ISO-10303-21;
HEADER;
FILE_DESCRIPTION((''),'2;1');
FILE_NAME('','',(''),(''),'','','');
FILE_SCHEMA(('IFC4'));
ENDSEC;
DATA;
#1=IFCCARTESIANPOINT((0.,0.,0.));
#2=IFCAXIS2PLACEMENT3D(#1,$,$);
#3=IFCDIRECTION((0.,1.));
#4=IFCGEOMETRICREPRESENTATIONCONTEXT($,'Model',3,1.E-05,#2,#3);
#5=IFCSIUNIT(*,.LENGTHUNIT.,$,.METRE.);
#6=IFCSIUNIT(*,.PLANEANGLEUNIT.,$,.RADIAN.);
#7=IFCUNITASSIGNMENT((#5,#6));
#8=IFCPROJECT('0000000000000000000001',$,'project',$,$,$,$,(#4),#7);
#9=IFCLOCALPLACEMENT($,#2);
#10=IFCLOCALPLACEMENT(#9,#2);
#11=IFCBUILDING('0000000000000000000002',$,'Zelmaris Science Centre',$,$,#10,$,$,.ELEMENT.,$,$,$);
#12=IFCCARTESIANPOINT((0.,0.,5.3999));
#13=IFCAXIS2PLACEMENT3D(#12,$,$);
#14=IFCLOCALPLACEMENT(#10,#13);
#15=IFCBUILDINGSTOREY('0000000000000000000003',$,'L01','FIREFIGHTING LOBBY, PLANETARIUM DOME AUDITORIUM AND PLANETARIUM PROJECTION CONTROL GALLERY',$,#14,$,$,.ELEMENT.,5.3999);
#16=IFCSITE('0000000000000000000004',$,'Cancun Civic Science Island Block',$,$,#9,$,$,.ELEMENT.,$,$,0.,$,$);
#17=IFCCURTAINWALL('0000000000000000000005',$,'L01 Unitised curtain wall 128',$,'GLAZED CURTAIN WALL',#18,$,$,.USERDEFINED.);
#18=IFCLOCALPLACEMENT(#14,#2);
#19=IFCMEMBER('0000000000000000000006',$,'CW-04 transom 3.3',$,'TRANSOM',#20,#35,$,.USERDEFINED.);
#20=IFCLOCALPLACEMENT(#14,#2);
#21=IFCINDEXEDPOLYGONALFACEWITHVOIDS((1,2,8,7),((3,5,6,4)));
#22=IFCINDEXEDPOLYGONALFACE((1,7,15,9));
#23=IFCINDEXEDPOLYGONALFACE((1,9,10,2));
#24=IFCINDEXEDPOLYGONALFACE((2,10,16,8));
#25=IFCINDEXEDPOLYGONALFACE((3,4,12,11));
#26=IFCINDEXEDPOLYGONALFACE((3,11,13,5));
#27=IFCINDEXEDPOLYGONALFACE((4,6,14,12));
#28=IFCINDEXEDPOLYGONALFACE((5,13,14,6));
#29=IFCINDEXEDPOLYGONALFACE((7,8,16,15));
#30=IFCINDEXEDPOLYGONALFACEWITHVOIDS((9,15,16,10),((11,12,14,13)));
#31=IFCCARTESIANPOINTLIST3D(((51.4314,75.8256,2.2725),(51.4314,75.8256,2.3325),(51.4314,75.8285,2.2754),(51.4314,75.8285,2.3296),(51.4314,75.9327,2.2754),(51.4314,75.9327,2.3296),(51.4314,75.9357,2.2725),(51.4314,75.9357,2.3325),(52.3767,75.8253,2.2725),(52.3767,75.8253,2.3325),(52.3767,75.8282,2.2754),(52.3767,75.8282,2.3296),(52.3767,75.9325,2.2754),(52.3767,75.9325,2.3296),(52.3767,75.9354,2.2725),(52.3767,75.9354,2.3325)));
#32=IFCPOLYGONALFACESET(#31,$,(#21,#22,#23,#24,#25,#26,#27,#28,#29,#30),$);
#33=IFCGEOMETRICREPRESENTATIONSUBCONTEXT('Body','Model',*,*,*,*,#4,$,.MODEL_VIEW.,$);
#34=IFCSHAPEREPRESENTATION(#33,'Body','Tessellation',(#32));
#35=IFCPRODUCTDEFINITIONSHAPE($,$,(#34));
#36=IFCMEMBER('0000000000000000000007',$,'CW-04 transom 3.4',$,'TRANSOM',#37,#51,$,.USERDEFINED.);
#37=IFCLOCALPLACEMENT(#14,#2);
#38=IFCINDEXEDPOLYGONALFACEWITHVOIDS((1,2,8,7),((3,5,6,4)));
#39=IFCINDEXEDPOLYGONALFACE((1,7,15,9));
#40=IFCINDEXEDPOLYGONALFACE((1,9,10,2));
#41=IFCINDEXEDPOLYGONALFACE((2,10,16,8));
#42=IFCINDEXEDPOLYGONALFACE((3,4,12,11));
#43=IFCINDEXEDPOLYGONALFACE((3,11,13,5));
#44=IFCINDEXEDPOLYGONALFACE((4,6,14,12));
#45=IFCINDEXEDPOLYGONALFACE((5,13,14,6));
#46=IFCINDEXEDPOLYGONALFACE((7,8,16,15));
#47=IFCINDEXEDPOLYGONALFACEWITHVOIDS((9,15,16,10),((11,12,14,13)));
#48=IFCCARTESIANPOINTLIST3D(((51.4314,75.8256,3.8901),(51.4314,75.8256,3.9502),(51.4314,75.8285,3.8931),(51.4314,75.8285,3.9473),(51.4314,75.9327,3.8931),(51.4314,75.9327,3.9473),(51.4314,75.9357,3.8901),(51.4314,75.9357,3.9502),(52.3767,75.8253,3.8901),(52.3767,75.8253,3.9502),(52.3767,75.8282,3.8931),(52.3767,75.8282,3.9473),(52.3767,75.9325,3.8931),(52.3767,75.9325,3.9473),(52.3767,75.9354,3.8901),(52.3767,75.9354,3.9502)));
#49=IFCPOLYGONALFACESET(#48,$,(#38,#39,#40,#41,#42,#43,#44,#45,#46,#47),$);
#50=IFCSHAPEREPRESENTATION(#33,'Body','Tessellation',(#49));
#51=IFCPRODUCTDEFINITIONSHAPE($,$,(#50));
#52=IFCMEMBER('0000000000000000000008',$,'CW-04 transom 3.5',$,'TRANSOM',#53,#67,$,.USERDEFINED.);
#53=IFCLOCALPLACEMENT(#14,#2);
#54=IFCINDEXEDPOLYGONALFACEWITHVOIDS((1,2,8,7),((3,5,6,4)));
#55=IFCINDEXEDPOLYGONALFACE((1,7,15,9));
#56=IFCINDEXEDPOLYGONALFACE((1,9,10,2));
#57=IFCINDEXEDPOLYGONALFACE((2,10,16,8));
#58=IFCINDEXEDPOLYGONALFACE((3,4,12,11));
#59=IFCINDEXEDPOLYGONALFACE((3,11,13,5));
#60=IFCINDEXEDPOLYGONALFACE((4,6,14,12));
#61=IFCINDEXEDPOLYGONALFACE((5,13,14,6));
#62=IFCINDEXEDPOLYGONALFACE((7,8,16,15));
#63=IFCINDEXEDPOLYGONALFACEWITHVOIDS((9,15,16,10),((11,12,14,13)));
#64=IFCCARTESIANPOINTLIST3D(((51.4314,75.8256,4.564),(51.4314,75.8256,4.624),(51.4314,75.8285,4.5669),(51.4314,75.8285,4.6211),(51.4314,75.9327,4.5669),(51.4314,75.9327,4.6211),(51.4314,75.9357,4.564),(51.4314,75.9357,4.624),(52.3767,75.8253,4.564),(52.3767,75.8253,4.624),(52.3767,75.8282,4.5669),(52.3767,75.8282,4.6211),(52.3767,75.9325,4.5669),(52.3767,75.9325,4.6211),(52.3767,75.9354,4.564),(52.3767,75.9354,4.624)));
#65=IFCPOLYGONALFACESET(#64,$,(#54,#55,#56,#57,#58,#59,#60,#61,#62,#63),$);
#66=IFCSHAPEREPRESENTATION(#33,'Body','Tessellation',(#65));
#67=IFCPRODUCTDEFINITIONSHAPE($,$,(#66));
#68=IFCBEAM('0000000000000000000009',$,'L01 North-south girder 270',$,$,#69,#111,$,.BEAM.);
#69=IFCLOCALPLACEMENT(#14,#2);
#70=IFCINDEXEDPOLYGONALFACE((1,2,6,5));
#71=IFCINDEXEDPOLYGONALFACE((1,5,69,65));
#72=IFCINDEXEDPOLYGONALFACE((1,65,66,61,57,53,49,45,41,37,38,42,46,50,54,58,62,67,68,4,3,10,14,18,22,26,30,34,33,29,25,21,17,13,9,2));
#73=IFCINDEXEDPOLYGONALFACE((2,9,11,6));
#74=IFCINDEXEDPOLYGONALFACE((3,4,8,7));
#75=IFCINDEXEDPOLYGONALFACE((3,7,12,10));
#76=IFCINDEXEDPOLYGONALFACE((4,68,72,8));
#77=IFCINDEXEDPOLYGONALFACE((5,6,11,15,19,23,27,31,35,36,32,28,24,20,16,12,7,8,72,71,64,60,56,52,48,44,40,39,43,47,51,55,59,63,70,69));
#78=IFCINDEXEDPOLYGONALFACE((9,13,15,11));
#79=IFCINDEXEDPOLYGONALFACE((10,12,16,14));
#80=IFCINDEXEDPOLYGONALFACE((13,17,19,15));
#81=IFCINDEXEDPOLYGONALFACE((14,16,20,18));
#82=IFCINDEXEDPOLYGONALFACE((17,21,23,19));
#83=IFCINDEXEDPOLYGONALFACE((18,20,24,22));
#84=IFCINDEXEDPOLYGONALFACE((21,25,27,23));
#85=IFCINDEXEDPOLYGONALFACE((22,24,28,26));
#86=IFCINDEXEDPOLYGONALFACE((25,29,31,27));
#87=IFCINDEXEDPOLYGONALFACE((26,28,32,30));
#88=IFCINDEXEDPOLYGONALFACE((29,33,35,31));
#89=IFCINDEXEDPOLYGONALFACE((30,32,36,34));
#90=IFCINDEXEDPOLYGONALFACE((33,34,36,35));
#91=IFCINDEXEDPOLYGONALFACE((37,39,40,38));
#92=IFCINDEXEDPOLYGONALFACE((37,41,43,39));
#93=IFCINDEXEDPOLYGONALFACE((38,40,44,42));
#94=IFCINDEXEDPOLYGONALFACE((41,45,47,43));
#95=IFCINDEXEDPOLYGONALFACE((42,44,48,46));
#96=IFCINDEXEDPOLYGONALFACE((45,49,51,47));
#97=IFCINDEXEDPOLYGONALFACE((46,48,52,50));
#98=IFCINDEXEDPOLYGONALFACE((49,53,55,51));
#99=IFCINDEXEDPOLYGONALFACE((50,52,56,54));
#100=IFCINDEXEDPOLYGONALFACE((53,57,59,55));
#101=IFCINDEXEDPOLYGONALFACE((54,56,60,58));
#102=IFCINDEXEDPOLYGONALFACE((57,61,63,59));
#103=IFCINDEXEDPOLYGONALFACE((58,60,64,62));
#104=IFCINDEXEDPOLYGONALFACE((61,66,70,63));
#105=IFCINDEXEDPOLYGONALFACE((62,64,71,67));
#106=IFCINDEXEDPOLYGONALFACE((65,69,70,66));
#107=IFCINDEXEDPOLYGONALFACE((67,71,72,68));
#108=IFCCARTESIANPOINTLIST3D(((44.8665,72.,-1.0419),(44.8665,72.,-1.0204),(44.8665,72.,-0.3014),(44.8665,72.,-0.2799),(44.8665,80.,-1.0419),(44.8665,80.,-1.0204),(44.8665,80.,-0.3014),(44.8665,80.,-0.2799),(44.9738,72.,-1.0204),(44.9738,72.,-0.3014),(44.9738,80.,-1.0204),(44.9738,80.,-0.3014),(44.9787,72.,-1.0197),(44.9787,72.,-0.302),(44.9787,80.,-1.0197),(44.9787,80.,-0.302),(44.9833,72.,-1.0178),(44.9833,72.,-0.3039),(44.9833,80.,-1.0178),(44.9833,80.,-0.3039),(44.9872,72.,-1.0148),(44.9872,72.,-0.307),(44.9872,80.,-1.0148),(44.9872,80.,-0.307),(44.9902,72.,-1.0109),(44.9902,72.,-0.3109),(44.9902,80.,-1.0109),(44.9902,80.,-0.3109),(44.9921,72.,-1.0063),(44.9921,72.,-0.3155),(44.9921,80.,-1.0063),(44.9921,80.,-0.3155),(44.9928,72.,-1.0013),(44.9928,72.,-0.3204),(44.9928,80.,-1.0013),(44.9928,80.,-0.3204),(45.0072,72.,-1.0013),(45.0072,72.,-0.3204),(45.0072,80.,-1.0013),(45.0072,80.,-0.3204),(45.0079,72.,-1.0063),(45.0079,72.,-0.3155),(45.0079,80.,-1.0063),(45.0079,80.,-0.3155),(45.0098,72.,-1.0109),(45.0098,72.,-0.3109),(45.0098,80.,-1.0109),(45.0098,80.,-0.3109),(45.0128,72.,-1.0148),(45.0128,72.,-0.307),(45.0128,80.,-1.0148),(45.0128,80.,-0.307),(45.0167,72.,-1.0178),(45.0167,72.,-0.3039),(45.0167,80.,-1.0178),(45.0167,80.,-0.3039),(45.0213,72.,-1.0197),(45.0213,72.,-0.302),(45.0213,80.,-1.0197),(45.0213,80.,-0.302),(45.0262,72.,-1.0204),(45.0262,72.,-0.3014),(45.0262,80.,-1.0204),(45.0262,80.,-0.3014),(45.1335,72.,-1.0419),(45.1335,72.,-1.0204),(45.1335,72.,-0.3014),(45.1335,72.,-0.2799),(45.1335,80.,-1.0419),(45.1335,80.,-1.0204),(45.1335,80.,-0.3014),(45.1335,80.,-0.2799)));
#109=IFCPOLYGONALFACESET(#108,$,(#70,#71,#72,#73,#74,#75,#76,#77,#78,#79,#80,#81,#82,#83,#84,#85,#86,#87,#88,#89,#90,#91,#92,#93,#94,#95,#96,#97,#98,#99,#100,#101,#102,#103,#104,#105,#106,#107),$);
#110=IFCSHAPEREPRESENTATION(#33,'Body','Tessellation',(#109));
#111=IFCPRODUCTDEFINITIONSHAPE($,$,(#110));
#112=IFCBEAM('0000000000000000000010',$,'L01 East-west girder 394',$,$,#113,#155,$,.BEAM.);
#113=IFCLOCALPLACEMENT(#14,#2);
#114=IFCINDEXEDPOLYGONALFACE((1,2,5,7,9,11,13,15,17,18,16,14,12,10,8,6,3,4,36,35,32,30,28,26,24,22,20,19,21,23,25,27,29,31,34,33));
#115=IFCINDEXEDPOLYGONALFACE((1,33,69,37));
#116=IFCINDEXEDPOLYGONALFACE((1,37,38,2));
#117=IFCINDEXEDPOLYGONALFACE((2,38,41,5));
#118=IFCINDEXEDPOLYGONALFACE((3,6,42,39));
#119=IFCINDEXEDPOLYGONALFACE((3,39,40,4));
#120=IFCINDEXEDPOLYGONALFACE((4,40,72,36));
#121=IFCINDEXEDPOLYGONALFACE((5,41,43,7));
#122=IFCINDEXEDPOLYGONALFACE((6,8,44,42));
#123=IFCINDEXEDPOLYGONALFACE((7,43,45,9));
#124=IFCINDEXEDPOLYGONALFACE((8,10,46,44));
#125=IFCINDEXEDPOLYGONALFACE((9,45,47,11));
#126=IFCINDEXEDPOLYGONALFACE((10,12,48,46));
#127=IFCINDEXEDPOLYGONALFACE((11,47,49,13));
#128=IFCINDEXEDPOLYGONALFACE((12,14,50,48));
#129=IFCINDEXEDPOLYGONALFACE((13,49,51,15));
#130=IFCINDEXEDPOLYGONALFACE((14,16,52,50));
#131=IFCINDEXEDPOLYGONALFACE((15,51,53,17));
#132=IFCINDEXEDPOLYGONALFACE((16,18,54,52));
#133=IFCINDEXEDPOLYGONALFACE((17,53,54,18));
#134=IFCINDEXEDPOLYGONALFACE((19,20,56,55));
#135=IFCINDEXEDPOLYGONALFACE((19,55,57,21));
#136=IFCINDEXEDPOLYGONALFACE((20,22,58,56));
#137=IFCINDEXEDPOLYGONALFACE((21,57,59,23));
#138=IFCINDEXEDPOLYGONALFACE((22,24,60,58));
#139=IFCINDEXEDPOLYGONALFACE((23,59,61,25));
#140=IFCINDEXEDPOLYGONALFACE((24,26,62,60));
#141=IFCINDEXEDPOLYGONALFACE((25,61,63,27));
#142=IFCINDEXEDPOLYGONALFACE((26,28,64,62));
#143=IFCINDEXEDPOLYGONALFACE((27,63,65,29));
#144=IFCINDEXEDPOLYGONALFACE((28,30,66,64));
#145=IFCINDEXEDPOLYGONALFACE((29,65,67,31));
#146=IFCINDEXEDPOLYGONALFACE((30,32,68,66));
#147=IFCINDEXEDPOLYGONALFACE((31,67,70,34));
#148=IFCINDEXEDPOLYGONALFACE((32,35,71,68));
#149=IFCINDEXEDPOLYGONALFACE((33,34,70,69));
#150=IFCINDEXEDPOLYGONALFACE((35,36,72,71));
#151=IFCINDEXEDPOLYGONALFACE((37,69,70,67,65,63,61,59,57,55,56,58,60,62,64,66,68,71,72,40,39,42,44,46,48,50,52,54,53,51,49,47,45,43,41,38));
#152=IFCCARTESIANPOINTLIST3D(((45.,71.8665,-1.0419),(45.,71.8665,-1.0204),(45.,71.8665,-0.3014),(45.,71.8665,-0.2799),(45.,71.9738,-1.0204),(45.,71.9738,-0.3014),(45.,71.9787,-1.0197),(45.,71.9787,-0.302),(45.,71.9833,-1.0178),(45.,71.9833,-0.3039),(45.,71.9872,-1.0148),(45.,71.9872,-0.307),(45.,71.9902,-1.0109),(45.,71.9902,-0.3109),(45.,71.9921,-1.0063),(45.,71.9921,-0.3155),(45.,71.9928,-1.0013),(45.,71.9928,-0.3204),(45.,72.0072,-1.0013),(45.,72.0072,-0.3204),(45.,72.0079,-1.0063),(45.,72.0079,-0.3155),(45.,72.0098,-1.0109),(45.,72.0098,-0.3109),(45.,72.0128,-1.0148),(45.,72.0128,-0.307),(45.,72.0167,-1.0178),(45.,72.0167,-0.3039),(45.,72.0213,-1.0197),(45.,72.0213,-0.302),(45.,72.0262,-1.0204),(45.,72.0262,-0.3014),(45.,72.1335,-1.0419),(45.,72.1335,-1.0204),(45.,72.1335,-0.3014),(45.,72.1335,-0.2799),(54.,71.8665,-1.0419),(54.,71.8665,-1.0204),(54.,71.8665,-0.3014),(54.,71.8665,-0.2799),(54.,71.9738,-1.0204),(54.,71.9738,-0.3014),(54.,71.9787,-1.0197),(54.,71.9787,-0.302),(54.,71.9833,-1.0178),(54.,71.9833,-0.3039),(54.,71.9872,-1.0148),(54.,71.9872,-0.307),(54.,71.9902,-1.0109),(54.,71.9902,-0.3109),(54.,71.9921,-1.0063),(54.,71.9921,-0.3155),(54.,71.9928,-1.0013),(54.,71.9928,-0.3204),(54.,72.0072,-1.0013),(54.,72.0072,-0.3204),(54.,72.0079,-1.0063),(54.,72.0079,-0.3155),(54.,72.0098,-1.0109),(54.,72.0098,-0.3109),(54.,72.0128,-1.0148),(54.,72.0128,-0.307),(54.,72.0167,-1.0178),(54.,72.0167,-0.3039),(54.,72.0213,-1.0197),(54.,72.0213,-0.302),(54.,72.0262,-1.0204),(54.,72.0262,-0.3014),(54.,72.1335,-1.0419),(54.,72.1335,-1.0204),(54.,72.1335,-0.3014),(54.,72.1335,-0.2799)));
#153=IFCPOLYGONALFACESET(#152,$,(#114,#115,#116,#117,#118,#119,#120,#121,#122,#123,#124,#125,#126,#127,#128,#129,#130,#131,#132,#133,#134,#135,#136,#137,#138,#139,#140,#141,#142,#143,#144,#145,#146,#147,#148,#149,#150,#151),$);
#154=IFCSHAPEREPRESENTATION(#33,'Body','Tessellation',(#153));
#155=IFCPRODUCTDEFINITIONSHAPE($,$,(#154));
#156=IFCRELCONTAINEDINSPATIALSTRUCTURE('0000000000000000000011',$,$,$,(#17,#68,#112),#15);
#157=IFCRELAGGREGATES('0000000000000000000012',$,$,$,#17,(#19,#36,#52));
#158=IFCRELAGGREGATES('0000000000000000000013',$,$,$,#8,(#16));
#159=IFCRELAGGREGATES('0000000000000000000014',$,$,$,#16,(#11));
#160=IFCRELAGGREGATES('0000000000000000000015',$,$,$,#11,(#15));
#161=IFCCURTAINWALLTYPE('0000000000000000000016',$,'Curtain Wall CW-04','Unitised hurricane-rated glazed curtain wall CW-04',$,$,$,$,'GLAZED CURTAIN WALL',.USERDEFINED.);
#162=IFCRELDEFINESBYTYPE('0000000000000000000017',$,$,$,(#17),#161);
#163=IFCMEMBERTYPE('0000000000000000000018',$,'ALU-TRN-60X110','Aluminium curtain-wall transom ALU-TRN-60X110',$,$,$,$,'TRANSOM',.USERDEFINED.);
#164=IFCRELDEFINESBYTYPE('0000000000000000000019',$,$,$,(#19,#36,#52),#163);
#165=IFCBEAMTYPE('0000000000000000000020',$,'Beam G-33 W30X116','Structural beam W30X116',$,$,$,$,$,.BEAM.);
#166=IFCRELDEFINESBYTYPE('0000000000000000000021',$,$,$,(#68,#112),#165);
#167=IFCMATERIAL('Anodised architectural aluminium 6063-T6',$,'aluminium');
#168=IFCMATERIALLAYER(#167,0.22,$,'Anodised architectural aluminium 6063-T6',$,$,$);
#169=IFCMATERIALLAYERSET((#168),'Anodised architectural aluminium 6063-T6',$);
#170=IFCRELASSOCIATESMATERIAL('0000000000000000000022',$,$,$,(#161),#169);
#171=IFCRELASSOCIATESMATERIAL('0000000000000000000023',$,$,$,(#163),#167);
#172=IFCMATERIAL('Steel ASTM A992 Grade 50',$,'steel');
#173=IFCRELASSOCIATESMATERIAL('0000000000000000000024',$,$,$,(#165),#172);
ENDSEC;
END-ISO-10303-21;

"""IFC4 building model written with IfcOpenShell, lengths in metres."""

from ifc_helpers import new_model, si_unit, direction, frame, origin, origin_2d, place, context, subcontext, project, spatial, hollow_rectangle, i_section, extrude, material, layer, layer_set, material_profile, profile_set, type_object, element, aggregate, save


model = new_model("IFC4")

# Units and contexts
model_context = context("Model", 3, precision=1e-05, world=origin(), true_north=direction((0.0, 1.0)))
body_context = subcontext(model_context, "Body", "Model", "MODEL_VIEW")
ifc_project = project(units=[si_unit("LENGTHUNIT", "METRE"), si_unit("PLANEANGLEUNIT", "RADIAN")], contexts=[model_context])

# Site, building, storey
site_placement = place(None, origin())
site = spatial("IfcSite", under=ifc_project, at=site_placement, Name="Cancun Civic Science Island Block", CompositionType="ELEMENT", RefElevation=0.0)
building_placement = place(site_placement, origin())
building = spatial("IfcBuilding", under=site, at=building_placement, Name="Zelmaris Science Centre", CompositionType="ELEMENT")
storey_placement = place(building_placement, frame((0.0, 0.0, 5.3999)))
storey = spatial("IfcBuildingStorey", under=building, at=storey_placement, Name="L01", Description="FIREFIGHTING LOBBY, PLANETARIUM DOME AUDITORIUM AND PLANETARIUM PROJECTION CONTROL GALLERY", CompositionType="ELEMENT", Elevation=5.3999)

# Curtain wall, members
ifc_material_1 = material(Name="Anodised architectural aluminium 6063-T6", Category="aluminium")
ifc_layer_1 = layer(ifc_material_1, 0.22, Name="Anodised architectural aluminium 6063-T6")
ifc_layer_set_1 = layer_set([ifc_layer_1], Name="Anodised architectural aluminium 6063-T6")
curtain_wall_type = type_object("IfcCurtainWallType", Name="Curtain Wall CW-04", Description="Unitised hurricane-rated glazed curtain wall CW-04", ElementType="GLAZED CURTAIN WALL", PredefinedType="USERDEFINED", material=ifc_layer_set_1)
curtain_wall_placement = place(storey_placement, origin())
curtain_wall = element("IfcCurtainWall", 1, at=curtain_wall_placement, inside=storey, type_object=curtain_wall_type, Name="L01 Unitised curtain wall 128", ObjectType="GLAZED CURTAIN WALL", PredefinedType="USERDEFINED")
ifc_material_profile_1 = material_profile(ifc_material_1, hollow_rectangle(XDim=0.0601, YDim=0.1101, WallThickness=0.0029, at=origin_2d()), Name="ALU-TRN-60X110")
ifc_profile_set_1 = profile_set([ifc_material_profile_1], Name="Anodised architectural aluminium 6063-T6")
member_type_1 = type_object("IfcMemberType", Name="ALU-TRN-60X110", Description="Aluminium curtain-wall transom ALU-TRN-60X110", ElementType="TRANSOM", PredefinedType="USERDEFINED", material=ifc_profile_set_1)
member_1_placement = place(storey_placement, frame((51.4314, 75.8806, 2.3025), z_axis=(1.0, -0.000258, 0.0), x_axis=(0.0, 0.0, 1.0)))
member_1 = element("IfcMember", 2, at=member_1_placement, type_object=member_type_1, Name="CW-04 transom 3.3", ObjectType="TRANSOM", PredefinedType="USERDEFINED", context=body_context, shape_type="SweptSolid", body=[
    extrude(hollow_rectangle(XDim=0.0601, YDim=0.1101, WallThickness=0.0029, at=origin_2d()), origin(), (0.0, 0.0, 1.0), 0.9453),
])
member_2_placement = place(storey_placement, frame((51.4314, 75.8806, 3.9202), z_axis=(1.0, -0.000258, 0.0), x_axis=(0.0, 0.0, 1.0)))
member_2 = element("IfcMember", 3, at=member_2_placement, type_object=member_type_1, Name="CW-04 transom 3.4", ObjectType="TRANSOM", PredefinedType="USERDEFINED", context=body_context, shape_type="SweptSolid", body=[
    extrude(hollow_rectangle(XDim=0.0601, YDim=0.1101, WallThickness=0.0029, at=origin_2d()), origin(), (0.0, 0.0, 1.0), 0.9453),
])
member_3_placement = place(storey_placement, frame((51.4314, 75.8806, 4.594), z_axis=(1.0, -0.000258, 0.0), x_axis=(0.0, 0.0, 1.0)))
member_3 = element("IfcMember", 4, at=member_3_placement, type_object=member_type_1, Name="CW-04 transom 3.5", ObjectType="TRANSOM", PredefinedType="USERDEFINED", context=body_context, shape_type="SweptSolid", body=[
    extrude(hollow_rectangle(XDim=0.0601, YDim=0.1101, WallThickness=0.0029, at=origin_2d()), origin(), (0.0, 0.0, 1.0), 0.9453),
])

# Beams
ifc_material_2 = material(Name="Steel ASTM A992 Grade 50", Category="steel")
ifc_material_profile_2 = material_profile(ifc_material_2, i_section(OverallWidth=0.2671, OverallDepth=0.762, WebThickness=0.0144, FlangeThickness=0.0215, FilletRadius=0.019, at=origin_2d()), Name="W30X116")
ifc_profile_set_2 = profile_set([ifc_material_profile_2], Name="Steel ASTM A992 Grade 50")
beam_type_1 = type_object("IfcBeamType", Name="Beam G-33 W30X116", Description="Structural beam W30X116", PredefinedType="BEAM", material=ifc_profile_set_2)
beam_1_placement = place(storey_placement, frame((45.0, 72.0, -0.6609), z_axis=(0.0, 1.0, 0.0), x_axis=(-1.0, 0.0, 0.0)))
element("IfcBeam", 5, at=beam_1_placement, inside=storey, type_object=beam_type_1, Name="L01 North-south girder 270", PredefinedType="BEAM", context=body_context, shape_type="SweptSolid", body=[
    extrude(i_section(OverallWidth=0.2671, OverallDepth=0.762, WebThickness=0.0144, FlangeThickness=0.0215, FilletRadius=0.019, at=origin_2d()), origin(), (0.0, 0.0, 1.0), 8.0),
])
beam_2_placement = place(storey_placement, frame((45.0, 72.0, -0.6609), z_axis=(1.0, 0.0, 0.0), x_axis=(0.0, 1.0, 0.0)))
element("IfcBeam", 6, at=beam_2_placement, inside=storey, type_object=beam_type_1, Name="L01 East-west girder 394", PredefinedType="BEAM", context=body_context, shape_type="SweptSolid", body=[
    extrude(i_section(OverallWidth=0.2671, OverallDepth=0.762, WebThickness=0.0144, FlangeThickness=0.0215, FilletRadius=0.019, at=origin_2d()), origin(), (0.0, 0.0, 1.0), 9.0),
])

aggregate(curtain_wall, [member_1, member_2, member_3])

save(model, "model.ifc")
